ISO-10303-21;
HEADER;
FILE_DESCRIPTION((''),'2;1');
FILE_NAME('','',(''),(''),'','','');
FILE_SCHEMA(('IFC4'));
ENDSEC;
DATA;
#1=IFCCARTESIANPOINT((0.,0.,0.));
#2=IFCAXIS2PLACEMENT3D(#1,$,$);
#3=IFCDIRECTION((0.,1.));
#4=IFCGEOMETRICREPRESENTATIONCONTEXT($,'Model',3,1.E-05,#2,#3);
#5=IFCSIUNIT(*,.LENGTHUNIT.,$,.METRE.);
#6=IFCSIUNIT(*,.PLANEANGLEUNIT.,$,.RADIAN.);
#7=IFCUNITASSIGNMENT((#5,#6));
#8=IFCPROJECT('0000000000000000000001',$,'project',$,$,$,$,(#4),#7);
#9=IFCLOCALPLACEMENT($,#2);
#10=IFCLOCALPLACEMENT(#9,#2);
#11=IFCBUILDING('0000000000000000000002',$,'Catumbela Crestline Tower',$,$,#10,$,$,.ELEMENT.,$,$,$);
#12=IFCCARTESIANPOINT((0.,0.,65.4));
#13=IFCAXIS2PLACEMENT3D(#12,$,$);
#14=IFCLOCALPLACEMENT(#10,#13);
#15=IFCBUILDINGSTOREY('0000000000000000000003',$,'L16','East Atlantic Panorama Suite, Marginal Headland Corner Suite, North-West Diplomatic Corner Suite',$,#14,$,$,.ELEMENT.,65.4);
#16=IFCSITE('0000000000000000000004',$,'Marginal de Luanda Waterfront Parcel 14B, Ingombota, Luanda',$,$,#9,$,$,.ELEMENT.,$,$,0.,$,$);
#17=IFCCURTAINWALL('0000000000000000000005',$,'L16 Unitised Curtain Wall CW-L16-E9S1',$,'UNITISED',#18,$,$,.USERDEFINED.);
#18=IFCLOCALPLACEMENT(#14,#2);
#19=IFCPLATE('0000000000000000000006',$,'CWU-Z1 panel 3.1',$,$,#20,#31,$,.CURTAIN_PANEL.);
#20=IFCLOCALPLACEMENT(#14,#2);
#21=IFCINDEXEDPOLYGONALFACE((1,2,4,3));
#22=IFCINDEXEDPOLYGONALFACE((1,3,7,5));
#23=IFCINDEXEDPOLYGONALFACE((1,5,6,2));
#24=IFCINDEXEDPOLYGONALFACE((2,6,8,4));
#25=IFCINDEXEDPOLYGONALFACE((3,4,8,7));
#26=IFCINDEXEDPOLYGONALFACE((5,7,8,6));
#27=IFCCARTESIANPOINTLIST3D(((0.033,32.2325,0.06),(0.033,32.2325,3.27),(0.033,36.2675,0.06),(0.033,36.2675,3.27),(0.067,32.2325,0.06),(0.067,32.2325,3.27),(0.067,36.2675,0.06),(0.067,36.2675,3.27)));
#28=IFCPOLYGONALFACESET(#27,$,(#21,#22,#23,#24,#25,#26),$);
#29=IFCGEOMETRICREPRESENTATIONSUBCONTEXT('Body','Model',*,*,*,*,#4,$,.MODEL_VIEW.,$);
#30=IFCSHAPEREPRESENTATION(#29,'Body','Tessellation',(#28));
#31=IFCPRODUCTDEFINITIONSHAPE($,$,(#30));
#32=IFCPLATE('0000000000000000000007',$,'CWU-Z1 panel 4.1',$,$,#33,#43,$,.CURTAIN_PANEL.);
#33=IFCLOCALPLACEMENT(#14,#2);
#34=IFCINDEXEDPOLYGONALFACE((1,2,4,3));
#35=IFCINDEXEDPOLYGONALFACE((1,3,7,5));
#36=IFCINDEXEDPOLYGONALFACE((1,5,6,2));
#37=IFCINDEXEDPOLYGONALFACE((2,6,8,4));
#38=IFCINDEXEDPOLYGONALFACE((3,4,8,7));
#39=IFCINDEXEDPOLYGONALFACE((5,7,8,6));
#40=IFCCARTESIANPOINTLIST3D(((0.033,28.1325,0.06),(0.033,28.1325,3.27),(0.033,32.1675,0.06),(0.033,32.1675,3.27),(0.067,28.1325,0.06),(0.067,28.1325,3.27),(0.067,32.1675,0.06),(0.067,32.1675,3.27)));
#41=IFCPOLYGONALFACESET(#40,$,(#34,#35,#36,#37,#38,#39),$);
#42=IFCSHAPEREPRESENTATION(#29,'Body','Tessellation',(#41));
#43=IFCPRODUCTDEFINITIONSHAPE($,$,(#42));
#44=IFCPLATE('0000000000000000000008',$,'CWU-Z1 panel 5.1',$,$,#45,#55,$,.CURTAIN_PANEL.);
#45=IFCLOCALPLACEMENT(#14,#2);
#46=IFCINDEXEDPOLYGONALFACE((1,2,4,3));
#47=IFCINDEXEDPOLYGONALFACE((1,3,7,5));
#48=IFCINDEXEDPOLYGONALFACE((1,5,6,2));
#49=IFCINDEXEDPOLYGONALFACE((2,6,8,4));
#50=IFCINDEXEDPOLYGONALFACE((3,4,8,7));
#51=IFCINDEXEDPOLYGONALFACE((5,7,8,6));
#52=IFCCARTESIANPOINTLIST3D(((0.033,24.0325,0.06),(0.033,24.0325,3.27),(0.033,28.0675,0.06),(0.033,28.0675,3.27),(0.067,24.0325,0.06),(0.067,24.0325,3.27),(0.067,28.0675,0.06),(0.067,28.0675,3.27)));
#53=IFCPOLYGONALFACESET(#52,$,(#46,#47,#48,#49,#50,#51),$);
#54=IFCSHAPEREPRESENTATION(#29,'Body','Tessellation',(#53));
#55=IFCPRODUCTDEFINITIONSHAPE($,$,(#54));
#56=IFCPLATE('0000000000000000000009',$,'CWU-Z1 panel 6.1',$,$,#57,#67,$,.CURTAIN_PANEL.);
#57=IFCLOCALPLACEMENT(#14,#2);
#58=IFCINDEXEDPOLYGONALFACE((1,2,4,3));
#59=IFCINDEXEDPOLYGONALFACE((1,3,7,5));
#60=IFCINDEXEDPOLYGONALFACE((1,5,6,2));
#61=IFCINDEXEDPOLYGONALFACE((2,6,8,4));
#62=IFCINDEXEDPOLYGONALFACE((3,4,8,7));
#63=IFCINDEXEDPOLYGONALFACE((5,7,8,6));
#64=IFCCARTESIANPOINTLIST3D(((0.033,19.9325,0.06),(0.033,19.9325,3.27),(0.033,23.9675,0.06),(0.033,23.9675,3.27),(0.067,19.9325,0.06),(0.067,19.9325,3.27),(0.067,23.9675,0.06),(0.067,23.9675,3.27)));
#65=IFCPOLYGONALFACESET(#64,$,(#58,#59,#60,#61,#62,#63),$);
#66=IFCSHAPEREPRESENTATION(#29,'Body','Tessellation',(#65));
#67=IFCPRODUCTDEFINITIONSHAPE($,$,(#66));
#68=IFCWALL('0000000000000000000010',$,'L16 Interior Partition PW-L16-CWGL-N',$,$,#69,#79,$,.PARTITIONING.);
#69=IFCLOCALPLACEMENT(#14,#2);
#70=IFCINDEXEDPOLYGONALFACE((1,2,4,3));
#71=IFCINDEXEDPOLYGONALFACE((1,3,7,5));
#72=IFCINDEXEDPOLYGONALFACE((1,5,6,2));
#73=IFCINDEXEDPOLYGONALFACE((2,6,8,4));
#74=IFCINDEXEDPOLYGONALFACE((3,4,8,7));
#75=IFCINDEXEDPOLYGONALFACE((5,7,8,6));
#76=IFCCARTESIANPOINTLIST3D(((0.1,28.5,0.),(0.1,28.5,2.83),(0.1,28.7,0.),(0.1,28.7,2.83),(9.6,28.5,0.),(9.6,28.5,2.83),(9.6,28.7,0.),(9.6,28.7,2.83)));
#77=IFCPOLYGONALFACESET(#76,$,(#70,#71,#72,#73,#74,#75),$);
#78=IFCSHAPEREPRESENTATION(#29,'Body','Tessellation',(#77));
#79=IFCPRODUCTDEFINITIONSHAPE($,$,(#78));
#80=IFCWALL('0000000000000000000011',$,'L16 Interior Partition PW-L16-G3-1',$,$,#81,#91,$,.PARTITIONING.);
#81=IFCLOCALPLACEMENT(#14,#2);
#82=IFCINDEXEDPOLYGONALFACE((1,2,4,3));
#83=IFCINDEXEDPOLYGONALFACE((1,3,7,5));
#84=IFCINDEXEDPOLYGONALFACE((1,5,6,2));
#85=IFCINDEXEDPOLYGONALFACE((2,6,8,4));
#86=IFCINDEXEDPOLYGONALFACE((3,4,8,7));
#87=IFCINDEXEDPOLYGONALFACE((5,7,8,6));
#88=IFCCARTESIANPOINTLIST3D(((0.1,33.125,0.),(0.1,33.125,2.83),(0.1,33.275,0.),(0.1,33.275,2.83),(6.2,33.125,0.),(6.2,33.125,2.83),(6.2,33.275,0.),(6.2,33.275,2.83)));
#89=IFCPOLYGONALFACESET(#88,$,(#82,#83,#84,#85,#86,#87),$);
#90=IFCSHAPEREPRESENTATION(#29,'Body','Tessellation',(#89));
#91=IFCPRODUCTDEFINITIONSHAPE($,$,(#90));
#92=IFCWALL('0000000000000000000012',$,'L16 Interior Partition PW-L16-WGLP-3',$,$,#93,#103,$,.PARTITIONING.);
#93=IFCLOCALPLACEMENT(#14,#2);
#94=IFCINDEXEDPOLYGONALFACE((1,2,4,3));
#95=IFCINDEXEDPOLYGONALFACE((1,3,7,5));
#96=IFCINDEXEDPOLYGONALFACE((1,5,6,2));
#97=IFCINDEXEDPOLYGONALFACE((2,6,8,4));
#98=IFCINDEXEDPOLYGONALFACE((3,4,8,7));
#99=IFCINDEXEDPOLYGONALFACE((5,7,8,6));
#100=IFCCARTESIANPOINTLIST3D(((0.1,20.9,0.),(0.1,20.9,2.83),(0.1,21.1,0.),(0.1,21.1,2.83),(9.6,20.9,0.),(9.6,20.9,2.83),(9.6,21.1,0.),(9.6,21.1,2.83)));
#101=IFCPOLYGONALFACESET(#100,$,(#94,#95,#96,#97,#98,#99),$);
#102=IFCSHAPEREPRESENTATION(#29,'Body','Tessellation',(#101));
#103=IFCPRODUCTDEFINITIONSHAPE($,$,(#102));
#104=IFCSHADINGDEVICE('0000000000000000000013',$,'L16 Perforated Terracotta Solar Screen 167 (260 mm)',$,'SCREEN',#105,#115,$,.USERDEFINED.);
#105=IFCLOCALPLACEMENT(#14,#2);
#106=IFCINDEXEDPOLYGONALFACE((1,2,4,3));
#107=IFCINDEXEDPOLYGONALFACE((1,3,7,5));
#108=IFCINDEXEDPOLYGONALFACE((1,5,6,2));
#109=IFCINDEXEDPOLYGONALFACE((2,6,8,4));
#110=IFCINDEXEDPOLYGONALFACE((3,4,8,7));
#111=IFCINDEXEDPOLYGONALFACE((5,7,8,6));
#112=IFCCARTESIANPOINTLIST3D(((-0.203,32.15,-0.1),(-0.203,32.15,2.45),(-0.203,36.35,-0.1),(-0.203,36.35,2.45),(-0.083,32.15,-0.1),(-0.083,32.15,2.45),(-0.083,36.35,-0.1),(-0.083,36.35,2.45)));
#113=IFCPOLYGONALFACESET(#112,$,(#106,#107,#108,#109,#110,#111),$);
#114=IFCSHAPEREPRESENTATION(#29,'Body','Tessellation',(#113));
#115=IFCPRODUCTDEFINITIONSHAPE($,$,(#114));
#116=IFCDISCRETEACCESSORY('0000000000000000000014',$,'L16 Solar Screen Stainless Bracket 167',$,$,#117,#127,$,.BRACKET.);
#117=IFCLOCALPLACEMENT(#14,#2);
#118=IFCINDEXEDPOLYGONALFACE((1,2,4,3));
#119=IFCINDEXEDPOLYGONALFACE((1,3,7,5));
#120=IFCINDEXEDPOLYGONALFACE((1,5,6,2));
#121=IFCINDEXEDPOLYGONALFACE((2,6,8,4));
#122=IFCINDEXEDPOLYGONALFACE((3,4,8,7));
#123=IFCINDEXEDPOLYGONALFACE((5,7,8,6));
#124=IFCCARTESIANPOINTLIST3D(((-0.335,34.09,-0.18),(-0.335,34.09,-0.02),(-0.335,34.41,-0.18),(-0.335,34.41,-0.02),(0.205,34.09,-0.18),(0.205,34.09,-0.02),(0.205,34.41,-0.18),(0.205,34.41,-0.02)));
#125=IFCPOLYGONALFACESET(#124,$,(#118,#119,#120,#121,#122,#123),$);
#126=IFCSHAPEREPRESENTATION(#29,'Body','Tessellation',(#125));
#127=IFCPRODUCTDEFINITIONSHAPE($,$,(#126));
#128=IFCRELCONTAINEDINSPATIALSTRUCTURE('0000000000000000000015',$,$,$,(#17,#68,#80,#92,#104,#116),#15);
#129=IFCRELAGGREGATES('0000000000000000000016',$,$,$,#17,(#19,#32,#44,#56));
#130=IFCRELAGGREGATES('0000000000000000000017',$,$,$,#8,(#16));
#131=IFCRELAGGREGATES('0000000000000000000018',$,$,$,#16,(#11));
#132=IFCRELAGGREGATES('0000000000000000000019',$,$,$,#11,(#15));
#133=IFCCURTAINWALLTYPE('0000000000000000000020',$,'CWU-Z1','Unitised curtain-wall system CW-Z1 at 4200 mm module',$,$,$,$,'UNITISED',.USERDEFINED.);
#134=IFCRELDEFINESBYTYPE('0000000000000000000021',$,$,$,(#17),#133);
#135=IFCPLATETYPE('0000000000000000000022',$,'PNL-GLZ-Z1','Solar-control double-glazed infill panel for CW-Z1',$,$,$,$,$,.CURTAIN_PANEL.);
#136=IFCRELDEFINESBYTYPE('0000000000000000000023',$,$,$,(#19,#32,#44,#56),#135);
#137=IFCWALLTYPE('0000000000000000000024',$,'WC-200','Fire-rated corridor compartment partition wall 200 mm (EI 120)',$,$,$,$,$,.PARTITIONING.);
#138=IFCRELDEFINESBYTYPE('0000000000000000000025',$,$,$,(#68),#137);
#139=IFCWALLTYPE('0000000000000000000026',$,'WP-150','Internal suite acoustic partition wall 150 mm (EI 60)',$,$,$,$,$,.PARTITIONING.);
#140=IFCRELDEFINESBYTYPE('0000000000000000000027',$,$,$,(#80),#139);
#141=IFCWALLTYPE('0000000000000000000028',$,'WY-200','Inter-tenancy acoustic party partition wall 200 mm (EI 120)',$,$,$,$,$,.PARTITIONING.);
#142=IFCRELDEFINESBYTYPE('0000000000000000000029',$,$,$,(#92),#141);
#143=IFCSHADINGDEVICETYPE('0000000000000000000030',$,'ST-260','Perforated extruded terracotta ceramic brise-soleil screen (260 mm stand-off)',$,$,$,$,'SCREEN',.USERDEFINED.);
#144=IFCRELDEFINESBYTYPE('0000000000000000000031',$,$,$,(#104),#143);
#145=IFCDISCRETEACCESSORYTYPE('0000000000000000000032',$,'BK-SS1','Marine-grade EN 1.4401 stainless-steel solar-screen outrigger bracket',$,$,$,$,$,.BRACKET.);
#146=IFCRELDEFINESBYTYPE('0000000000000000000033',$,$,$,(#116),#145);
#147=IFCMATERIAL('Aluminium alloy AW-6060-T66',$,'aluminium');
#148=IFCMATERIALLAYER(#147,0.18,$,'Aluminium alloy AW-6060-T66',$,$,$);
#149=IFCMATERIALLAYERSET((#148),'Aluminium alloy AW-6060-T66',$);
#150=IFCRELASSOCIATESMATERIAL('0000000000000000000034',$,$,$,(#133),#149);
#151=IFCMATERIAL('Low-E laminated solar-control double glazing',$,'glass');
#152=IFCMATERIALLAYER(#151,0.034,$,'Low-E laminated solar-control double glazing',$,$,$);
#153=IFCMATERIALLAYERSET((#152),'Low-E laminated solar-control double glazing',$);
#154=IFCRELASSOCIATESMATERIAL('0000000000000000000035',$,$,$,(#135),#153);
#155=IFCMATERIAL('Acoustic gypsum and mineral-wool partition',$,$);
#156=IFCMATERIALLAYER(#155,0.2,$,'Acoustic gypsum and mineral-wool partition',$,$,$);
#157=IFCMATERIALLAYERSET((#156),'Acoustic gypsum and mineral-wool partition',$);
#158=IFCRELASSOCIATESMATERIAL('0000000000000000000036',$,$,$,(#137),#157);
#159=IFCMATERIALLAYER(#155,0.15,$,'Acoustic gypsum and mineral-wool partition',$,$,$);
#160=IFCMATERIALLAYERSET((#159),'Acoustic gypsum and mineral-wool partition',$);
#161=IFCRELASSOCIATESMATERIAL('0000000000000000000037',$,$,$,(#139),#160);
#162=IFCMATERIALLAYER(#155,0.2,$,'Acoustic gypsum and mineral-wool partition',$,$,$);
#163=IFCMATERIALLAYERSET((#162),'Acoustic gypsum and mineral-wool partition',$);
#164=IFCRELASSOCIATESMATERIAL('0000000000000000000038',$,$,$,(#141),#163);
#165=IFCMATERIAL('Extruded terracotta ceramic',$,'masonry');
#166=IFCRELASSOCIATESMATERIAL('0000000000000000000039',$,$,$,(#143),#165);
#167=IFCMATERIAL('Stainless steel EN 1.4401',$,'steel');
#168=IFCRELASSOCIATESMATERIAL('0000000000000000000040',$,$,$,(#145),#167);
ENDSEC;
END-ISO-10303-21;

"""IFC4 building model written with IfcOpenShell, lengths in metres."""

from ifc_helpers import new_model, si_unit, direction, frame, frame_2d, origin, origin_2d, place, context, subcontext, project, spatial, rectangle, extrude, material, layer, layer_set, type_object, element, aggregate, save


model = new_model("IFC4")

# Units and contexts
model_context = context("Model", 3, precision=1e-05, world=origin(), true_north=direction((0.0, 1.0)))
body_context = subcontext(model_context, "Body", "Model", "MODEL_VIEW")
ifc_project = project(units=[si_unit("LENGTHUNIT", "METRE"), si_unit("PLANEANGLEUNIT", "RADIAN")], contexts=[model_context])

# Site, building, storey
site_placement = place(None, origin())
site = spatial("IfcSite", under=ifc_project, at=site_placement, Name="Marginal de Luanda Waterfront Parcel 14B, Ingombota, Luanda", CompositionType="ELEMENT", RefElevation=0.0)
building_placement = place(site_placement, origin())
building = spatial("IfcBuilding", under=site, at=building_placement, Name="Catumbela Crestline Tower", CompositionType="ELEMENT")
storey_placement = place(building_placement, frame((0.0, 0.0, 65.4)))
storey = spatial("IfcBuildingStorey", under=building, at=storey_placement, Name="L16", Description="East Atlantic Panorama Suite, Marginal Headland Corner Suite, North-West Diplomatic Corner Suite", CompositionType="ELEMENT", Elevation=65.4)

# Curtain wall
ifc_material_1 = material(Name="Aluminium alloy AW-6060-T66", Category="aluminium")
ifc_layer_1 = layer(ifc_material_1, 0.18, Name="Aluminium alloy AW-6060-T66")
ifc_layer_set_1 = layer_set([ifc_layer_1], Name="Aluminium alloy AW-6060-T66")
curtain_wall_type = type_object("IfcCurtainWallType", Name="CWU-Z1", Description="Unitised curtain-wall system CW-Z1 at 4200 mm module", ElementType="UNITISED", PredefinedType="USERDEFINED", material=ifc_layer_set_1)
curtain_wall_placement = place(storey_placement, origin())
curtain_wall = element("IfcCurtainWall", 1, at=curtain_wall_placement, inside=storey, type_object=curtain_wall_type, Name="L16 Unitised Curtain Wall CW-L16-E9S1", ObjectType="UNITISED", PredefinedType="USERDEFINED")

# Plates
ifc_material_2 = material(Name="Low-E laminated solar-control double glazing", Category="glass")
ifc_layer_2 = layer(ifc_material_2, 0.034, Name="Low-E laminated solar-control double glazing")
ifc_layer_set_2 = layer_set([ifc_layer_2], Name="Low-E laminated solar-control double glazing")
plate_type = type_object("IfcPlateType", Name="PNL-GLZ-Z1", Description="Solar-control double-glazed infill panel for CW-Z1", PredefinedType="CURTAIN_PANEL", material=ifc_layer_set_2)
plate_1_placement = place(storey_placement, frame((0.05, 34.25, 0.06), z_axis=(0.0, 0.0, 1.0), x_axis=(0.0, -1.0, 0.0)))
plate_1 = element("IfcPlate", 2, at=plate_1_placement, type_object=plate_type, Name="CWU-Z1 panel 3.1", PredefinedType="CURTAIN_PANEL", context=body_context, shape_type="SweptSolid", body=[
    extrude(rectangle(XDim=4.035, YDim=0.034, at=origin_2d()), origin(), (0.0, 0.0, 1.0), 3.21),
])
plate_2_placement = place(storey_placement, frame((0.05, 30.15, 0.06), z_axis=(0.0, 0.0, 1.0), x_axis=(0.0, -1.0, 0.0)))
plate_2 = element("IfcPlate", 3, at=plate_2_placement, type_object=plate_type, Name="CWU-Z1 panel 4.1", PredefinedType="CURTAIN_PANEL", context=body_context, shape_type="SweptSolid", body=[
    extrude(rectangle(XDim=4.035, YDim=0.034, at=origin_2d()), origin(), (0.0, 0.0, 1.0), 3.21),
])
plate_3_placement = place(storey_placement, frame((0.05, 26.05, 0.06), z_axis=(0.0, 0.0, 1.0), x_axis=(0.0, -1.0, 0.0)))
plate_3 = element("IfcPlate", 4, at=plate_3_placement, type_object=plate_type, Name="CWU-Z1 panel 5.1", PredefinedType="CURTAIN_PANEL", context=body_context, shape_type="SweptSolid", body=[
    extrude(rectangle(XDim=4.035, YDim=0.034, at=origin_2d()), origin(), (0.0, 0.0, 1.0), 3.21),
])
plate_4_placement = place(storey_placement, frame((0.05, 21.95, 0.06), z_axis=(0.0, 0.0, 1.0), x_axis=(0.0, -1.0, 0.0)))
plate_4 = element("IfcPlate", 5, at=plate_4_placement, type_object=plate_type, Name="CWU-Z1 panel 6.1", PredefinedType="CURTAIN_PANEL", context=body_context, shape_type="SweptSolid", body=[
    extrude(rectangle(XDim=4.035, YDim=0.034, at=origin_2d()), origin(), (0.0, 0.0, 1.0), 3.21),
])
aggregate(curtain_wall, [plate_1, plate_2, plate_3, plate_4])

# Walls
ifc_material_3 = material(Name="Acoustic gypsum and mineral-wool partition")
ifc_layer_3 = layer(ifc_material_3, 0.2, Name="Acoustic gypsum and mineral-wool partition")
ifc_layer_set_3 = layer_set([ifc_layer_3], Name="Acoustic gypsum and mineral-wool partition")
wall_type_1 = type_object("IfcWallType", Name="WC-200", Description="Fire-rated corridor compartment partition wall 200 mm (EI 120)", PredefinedType="PARTITIONING", material=ifc_layer_set_3)
wall_1_placement = place(storey_placement, frame((0.1, 28.6, 0.0), z_axis=(0.0, 0.0, 1.0), x_axis=(1.0, 0.0, 0.0)))
element("IfcWall", 6, at=wall_1_placement, inside=storey, type_object=wall_type_1, Name="L16 Interior Partition PW-L16-CWGL-N", PredefinedType="PARTITIONING", context=body_context, shape_type="SweptSolid", body=[
    extrude(rectangle(XDim=9.5, YDim=0.2, at=frame_2d((4.75, 0.0))), origin(), (0.0, 0.0, 1.0), 2.83),
])
ifc_layer_4 = layer(ifc_material_3, 0.15, Name="Acoustic gypsum and mineral-wool partition")
ifc_layer_set_4 = layer_set([ifc_layer_4], Name="Acoustic gypsum and mineral-wool partition")
wall_type_2 = type_object("IfcWallType", Name="WP-150", Description="Internal suite acoustic partition wall 150 mm (EI 60)", PredefinedType="PARTITIONING", material=ifc_layer_set_4)
wall_2_placement = place(storey_placement, frame((0.1, 33.2, 0.0), z_axis=(0.0, 0.0, 1.0), x_axis=(1.0, 0.0, 0.0)))
element("IfcWall", 7, at=wall_2_placement, inside=storey, type_object=wall_type_2, Name="L16 Interior Partition PW-L16-G3-1", PredefinedType="PARTITIONING", context=body_context, shape_type="SweptSolid", body=[
    extrude(rectangle(XDim=6.1, YDim=0.15, at=frame_2d((3.05, 0.0))), origin(), (0.0, 0.0, 1.0), 2.83),
])
ifc_layer_5 = layer(ifc_material_3, 0.2, Name="Acoustic gypsum and mineral-wool partition")
ifc_layer_set_5 = layer_set([ifc_layer_5], Name="Acoustic gypsum and mineral-wool partition")
wall_type_3 = type_object("IfcWallType", Name="WY-200", Description="Inter-tenancy acoustic party partition wall 200 mm (EI 120)", PredefinedType="PARTITIONING", material=ifc_layer_set_5)
wall_3_placement = place(storey_placement, frame((0.1, 21.0, 0.0), z_axis=(0.0, 0.0, 1.0), x_axis=(1.0, 0.0, 0.0)))
element("IfcWall", 8, at=wall_3_placement, inside=storey, type_object=wall_type_3, Name="L16 Interior Partition PW-L16-WGLP-3", PredefinedType="PARTITIONING", context=body_context, shape_type="SweptSolid", body=[
    extrude(rectangle(XDim=9.5, YDim=0.2, at=frame_2d((4.75, 0.0))), origin(), (0.0, 0.0, 1.0), 2.83),
])

# Shading device
ifc_material_4 = material(Name="Extruded terracotta ceramic", Category="masonry")
shading_device_type = type_object("IfcShadingDeviceType", Name="ST-260", Description="Perforated extruded terracotta ceramic brise-soleil screen (260 mm stand-off)", ElementType="SCREEN", PredefinedType="USERDEFINED", material=ifc_material_4)
shading_device_placement = place(storey_placement, frame((-0.143, 34.25, -0.1), z_axis=(0.0, 0.0, 1.0), x_axis=(0.0, -1.0, 0.0)))
element("IfcShadingDevice", 9, at=shading_device_placement, inside=storey, type_object=shading_device_type, Name="L16 Perforated Terracotta Solar Screen 167 (260 mm)", ObjectType="SCREEN", PredefinedType="USERDEFINED", context=body_context, shape_type="SweptSolid", body=[
    extrude(rectangle(XDim=4.2, YDim=0.12, at=origin_2d()), origin(), (0.0, 0.0, 1.0), 2.55),
])

# Discrete accessory
ifc_material_5 = material(Name="Stainless steel EN 1.4401", Category="steel")
discrete_accessory_type = type_object("IfcDiscreteAccessoryType", Name="BK-SS1", Description="Marine-grade EN 1.4401 stainless-steel solar-screen outrigger bracket", PredefinedType="BRACKET", material=ifc_material_5)
discrete_accessory_placement = place(storey_placement, frame((-0.065, 34.25, -0.18), z_axis=(0.0, 0.0, 1.0), x_axis=(0.0, -1.0, 0.0)))
element("IfcDiscreteAccessory", 10, at=discrete_accessory_placement, inside=storey, type_object=discrete_accessory_type, Name="L16 Solar Screen Stainless Bracket 167", PredefinedType="BRACKET", context=body_context, shape_type="SweptSolid", body=[
    extrude(rectangle(XDim=0.32, YDim=0.54, at=origin_2d()), origin(), (0.0, 0.0, 1.0), 0.16),
])

save(model, "model.ifc")
